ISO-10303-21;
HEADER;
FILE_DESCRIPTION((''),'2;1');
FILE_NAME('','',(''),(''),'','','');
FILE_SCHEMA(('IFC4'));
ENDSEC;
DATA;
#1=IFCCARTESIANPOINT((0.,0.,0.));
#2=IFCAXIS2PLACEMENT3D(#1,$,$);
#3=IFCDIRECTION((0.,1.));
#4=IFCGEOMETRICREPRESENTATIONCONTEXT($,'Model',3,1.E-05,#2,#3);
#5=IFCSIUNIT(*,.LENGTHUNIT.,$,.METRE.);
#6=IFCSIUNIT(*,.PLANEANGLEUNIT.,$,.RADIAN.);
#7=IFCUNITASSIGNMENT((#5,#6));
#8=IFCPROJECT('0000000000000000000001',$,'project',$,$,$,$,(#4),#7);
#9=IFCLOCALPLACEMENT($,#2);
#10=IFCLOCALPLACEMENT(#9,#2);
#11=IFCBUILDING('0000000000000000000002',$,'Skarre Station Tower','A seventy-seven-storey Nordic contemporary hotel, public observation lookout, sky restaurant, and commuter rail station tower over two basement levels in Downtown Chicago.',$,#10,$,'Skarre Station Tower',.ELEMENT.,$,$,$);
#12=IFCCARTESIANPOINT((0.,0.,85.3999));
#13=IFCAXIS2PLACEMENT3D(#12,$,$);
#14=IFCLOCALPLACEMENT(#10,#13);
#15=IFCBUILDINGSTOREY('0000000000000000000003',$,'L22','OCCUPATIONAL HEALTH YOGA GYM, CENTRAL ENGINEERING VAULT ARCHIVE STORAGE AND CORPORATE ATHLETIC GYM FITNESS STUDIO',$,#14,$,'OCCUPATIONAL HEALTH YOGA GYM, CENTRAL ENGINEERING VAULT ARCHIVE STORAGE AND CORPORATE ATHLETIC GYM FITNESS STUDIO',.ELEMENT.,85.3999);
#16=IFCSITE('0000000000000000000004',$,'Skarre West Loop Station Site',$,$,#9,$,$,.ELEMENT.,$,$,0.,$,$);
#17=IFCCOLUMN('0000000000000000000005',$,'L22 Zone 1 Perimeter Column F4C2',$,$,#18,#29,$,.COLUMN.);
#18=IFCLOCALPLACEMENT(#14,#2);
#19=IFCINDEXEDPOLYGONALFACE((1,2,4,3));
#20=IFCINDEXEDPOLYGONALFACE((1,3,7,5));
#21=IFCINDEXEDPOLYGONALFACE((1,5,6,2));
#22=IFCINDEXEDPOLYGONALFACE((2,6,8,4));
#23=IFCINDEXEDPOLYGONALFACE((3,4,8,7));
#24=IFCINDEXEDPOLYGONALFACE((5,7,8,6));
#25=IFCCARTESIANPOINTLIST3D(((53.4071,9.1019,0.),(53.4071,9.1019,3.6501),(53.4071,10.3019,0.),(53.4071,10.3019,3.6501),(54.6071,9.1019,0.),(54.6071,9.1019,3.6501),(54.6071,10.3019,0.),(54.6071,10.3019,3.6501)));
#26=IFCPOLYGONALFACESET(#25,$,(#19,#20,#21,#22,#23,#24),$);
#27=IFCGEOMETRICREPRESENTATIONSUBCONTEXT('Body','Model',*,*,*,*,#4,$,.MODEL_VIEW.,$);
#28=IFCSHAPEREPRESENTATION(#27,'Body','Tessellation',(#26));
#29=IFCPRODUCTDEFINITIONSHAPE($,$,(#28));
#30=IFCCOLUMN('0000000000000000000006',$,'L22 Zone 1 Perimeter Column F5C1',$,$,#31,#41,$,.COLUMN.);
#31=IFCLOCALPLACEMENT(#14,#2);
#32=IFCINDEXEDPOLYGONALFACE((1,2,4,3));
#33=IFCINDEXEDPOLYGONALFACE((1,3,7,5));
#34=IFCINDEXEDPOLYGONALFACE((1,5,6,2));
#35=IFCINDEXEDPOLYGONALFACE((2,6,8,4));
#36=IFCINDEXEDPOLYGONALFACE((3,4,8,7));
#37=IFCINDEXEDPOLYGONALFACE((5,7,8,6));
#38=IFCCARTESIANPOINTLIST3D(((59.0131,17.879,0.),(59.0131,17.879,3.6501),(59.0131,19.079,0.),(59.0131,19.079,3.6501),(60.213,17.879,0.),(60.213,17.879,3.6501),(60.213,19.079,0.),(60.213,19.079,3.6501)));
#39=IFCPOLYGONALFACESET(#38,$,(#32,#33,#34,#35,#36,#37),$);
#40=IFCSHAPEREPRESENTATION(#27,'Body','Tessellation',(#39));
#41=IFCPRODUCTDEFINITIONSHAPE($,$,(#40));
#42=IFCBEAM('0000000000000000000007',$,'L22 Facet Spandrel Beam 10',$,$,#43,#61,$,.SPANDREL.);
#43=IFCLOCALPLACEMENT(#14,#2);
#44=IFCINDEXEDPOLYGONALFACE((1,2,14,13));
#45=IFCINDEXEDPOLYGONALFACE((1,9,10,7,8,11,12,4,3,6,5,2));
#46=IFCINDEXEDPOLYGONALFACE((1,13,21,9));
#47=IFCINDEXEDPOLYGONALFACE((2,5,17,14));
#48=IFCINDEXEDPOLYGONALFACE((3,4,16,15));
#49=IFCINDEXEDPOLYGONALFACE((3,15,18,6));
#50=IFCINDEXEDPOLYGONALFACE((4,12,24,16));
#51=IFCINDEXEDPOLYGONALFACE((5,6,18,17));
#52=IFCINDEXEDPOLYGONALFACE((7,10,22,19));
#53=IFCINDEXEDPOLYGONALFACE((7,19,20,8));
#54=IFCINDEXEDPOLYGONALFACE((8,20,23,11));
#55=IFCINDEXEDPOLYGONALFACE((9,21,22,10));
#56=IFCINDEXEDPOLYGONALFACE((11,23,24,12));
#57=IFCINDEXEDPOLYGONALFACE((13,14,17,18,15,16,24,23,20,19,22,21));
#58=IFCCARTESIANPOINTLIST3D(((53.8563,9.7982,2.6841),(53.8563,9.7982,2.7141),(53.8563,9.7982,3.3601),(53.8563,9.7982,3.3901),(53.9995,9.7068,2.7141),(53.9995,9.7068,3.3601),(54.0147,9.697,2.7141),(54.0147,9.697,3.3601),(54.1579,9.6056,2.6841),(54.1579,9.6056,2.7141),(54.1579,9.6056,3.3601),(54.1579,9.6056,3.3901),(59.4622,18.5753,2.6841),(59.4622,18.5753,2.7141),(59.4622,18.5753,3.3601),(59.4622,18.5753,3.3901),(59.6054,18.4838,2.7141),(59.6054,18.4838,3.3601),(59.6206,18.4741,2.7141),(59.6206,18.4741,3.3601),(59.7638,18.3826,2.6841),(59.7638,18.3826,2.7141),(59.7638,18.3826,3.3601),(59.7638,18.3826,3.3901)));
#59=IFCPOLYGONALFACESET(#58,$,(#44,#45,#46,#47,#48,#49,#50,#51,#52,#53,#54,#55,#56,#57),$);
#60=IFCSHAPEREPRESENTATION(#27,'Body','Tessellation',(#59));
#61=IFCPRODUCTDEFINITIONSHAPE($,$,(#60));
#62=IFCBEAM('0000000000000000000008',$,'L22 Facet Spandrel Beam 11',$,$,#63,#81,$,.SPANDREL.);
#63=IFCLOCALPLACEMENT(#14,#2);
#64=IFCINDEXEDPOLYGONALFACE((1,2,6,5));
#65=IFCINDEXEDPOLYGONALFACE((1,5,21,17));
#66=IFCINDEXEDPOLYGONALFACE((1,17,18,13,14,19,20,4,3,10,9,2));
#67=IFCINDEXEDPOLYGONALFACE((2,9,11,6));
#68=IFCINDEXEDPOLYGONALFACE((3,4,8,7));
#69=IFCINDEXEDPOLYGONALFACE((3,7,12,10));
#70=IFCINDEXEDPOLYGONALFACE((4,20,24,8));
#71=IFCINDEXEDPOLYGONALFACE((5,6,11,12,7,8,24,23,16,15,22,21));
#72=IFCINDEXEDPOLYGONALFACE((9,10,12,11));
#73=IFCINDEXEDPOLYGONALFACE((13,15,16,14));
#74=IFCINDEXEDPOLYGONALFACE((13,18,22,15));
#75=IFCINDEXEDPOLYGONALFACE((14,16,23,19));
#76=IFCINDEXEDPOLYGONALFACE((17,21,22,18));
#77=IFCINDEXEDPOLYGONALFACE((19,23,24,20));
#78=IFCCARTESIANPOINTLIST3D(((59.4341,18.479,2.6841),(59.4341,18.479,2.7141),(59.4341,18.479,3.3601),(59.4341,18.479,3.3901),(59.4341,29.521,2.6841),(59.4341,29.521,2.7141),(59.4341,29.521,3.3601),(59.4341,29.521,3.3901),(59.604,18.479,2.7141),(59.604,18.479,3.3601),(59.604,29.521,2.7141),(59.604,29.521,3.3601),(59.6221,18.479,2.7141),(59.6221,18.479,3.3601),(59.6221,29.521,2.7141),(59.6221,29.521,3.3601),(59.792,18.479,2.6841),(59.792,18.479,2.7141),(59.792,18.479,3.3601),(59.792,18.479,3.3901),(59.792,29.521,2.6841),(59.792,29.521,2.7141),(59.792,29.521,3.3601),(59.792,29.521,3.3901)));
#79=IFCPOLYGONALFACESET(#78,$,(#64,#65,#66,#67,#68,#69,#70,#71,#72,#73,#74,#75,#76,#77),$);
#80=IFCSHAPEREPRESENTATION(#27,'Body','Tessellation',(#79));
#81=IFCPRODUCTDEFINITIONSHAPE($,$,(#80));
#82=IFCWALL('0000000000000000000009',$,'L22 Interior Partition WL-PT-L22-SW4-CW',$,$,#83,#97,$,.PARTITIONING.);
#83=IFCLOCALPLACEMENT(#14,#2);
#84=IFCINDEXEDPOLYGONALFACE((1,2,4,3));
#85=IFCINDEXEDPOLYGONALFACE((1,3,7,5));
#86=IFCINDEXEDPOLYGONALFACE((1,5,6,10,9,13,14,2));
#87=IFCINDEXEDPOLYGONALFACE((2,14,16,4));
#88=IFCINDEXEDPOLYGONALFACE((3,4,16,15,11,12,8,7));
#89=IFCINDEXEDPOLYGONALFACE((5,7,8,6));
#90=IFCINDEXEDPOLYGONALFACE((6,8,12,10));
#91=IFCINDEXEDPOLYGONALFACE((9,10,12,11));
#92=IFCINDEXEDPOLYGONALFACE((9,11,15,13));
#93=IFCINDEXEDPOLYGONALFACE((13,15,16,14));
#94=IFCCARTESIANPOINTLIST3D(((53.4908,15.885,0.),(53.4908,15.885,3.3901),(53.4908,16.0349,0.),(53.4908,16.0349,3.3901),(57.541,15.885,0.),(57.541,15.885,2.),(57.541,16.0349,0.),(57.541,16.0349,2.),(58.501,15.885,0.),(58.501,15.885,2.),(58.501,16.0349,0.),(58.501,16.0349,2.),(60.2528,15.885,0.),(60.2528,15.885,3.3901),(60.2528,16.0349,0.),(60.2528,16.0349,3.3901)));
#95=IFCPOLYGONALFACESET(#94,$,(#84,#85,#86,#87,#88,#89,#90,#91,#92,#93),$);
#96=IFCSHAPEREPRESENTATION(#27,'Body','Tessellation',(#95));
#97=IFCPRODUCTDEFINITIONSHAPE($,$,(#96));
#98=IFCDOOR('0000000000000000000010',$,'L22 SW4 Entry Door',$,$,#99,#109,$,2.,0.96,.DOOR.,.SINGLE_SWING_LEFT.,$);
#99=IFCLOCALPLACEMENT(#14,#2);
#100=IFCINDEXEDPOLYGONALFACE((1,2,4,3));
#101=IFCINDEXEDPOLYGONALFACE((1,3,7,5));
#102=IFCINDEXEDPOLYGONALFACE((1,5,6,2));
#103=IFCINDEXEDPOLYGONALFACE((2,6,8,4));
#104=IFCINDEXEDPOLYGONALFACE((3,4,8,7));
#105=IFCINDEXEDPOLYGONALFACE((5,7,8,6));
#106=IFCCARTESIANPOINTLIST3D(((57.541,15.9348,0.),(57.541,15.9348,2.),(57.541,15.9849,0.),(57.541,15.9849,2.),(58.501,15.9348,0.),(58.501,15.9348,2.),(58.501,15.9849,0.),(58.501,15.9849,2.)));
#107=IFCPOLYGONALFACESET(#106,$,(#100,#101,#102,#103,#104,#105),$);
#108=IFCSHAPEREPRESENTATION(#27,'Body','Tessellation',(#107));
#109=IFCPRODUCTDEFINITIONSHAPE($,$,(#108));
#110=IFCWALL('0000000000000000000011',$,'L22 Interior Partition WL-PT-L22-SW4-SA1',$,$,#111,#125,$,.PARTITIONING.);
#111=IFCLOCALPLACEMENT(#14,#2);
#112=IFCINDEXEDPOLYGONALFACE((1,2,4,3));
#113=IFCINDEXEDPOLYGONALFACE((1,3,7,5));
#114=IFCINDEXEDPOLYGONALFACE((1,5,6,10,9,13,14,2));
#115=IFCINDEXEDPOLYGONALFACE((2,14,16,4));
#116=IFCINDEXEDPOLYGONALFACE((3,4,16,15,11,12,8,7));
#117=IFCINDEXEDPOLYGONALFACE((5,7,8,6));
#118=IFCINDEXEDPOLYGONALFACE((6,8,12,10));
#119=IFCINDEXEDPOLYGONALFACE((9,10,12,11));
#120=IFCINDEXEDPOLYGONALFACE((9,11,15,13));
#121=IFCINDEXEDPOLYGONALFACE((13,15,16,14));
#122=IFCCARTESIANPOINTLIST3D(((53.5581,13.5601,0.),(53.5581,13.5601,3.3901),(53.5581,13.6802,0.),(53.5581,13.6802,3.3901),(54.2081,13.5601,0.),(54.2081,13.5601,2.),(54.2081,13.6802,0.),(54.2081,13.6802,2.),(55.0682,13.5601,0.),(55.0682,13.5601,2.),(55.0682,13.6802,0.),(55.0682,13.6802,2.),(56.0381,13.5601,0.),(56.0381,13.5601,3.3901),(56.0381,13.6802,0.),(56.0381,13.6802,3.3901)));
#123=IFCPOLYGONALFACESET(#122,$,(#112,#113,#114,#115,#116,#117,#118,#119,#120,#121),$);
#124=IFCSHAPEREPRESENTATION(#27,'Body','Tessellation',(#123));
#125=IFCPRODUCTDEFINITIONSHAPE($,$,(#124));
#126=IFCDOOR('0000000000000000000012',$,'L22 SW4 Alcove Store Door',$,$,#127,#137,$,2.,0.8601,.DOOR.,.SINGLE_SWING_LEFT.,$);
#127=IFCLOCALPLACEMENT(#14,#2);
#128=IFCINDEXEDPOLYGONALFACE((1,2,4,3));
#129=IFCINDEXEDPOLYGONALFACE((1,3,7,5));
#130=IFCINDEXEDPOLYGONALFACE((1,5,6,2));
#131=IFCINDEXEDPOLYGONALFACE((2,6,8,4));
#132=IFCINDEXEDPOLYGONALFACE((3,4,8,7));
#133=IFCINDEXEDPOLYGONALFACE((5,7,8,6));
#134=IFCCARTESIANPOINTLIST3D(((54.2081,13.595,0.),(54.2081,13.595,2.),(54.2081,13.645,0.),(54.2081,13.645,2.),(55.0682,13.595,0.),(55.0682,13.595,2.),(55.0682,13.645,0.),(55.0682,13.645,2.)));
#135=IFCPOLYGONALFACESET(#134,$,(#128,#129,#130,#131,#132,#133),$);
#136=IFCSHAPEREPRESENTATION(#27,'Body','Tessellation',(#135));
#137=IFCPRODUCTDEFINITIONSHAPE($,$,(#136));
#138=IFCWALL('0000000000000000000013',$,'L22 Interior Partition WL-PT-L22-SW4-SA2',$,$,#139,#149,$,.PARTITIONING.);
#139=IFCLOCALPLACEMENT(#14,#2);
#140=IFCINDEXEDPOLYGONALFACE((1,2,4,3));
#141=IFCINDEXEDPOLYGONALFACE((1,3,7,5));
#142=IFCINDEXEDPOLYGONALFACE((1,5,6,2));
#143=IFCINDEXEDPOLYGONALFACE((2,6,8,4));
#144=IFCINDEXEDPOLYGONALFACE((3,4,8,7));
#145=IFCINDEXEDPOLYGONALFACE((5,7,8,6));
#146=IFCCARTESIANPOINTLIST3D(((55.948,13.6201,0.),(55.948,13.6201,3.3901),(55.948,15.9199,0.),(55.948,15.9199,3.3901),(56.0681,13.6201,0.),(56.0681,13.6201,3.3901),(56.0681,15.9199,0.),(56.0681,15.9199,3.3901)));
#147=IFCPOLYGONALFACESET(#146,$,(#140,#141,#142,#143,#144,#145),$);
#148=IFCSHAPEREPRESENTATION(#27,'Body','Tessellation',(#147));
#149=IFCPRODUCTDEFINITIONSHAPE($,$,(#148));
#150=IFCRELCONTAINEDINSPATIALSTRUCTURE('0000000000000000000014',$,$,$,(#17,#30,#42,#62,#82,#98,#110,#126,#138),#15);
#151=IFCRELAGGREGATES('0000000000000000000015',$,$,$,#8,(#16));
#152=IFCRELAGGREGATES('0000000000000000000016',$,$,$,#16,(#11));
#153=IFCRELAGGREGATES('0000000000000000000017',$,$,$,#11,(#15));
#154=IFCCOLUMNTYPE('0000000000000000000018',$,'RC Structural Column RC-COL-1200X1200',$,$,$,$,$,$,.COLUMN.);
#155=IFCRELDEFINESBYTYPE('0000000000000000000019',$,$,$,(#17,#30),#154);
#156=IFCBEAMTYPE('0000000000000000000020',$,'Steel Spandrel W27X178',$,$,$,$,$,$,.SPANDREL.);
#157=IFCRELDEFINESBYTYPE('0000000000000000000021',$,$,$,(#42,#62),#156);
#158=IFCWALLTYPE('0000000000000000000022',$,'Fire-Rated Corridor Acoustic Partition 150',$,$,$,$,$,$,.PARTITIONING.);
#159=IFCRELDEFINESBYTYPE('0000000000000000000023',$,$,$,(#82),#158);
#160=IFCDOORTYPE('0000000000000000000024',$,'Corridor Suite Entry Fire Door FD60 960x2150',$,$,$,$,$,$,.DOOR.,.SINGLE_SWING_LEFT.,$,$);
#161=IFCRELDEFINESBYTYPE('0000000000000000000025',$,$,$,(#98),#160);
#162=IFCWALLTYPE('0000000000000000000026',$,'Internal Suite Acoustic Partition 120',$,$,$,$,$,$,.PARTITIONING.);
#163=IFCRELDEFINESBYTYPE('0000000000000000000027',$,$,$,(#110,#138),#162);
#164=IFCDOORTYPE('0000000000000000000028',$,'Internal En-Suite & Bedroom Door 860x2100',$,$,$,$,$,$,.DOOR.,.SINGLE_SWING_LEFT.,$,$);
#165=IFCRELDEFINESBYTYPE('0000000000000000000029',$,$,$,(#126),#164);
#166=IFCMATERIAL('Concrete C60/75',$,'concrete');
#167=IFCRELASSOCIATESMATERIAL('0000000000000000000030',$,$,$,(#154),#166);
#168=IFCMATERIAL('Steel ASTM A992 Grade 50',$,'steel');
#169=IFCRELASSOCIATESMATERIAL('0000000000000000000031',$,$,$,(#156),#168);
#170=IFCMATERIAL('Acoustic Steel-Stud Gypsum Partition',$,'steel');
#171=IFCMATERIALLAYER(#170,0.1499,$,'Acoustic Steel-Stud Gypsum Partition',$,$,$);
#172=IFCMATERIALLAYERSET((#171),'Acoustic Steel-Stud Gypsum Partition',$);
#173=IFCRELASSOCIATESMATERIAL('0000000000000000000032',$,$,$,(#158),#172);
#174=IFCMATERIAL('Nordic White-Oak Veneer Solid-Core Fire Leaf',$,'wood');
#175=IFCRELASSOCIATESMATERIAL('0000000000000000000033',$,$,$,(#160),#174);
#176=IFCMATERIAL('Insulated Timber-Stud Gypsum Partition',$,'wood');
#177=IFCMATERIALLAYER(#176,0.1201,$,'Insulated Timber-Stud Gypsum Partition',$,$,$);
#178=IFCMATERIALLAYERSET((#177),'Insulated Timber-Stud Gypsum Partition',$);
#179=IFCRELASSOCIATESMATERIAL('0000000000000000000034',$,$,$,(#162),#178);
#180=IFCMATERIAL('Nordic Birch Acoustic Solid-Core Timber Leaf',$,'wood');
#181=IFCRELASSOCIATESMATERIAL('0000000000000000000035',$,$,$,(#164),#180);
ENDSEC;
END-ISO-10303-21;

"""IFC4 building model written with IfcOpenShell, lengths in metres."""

from ifc_helpers import new_model, si_unit, direction, frame, frame_2d, origin, origin_2d, place, context, subcontext, project, spatial, rectangle, i_section, extrude, material, layer, layer_set, material_profile, profile_set, type_object, element, fill, save


model = new_model("IFC4")

# Units and contexts
model_context = context("Model", 3, precision=1e-05, world=origin(), true_north=direction((0.0, 1.0)))
body_context = subcontext(model_context, "Body", "Model", "MODEL_VIEW")
ifc_project = project(units=[si_unit("LENGTHUNIT", "METRE"), si_unit("PLANEANGLEUNIT", "RADIAN")], contexts=[model_context])

# Site, building, storey
site_placement = place(None, origin())
site = spatial("IfcSite", under=ifc_project, at=site_placement, Name="Skarre West Loop Station Site", CompositionType="ELEMENT", RefElevation=0.0)
building_placement = place(site_placement, origin())
building = spatial("IfcBuilding", under=site, at=building_placement, Name="Skarre Station Tower", Description="A seventy-seven-storey Nordic contemporary hotel, public observation lookout, sky restaurant, and commuter rail station tower over two basement levels in Downtown Chicago.", LongName="Skarre Station Tower", CompositionType="ELEMENT")
storey_placement = place(building_placement, frame((0.0, 0.0, 85.3999)))
storey = spatial("IfcBuildingStorey", under=building, at=storey_placement, Name="L22", Description="OCCUPATIONAL HEALTH YOGA GYM, CENTRAL ENGINEERING VAULT ARCHIVE STORAGE AND CORPORATE ATHLETIC GYM FITNESS STUDIO", LongName="OCCUPATIONAL HEALTH YOGA GYM, CENTRAL ENGINEERING VAULT ARCHIVE STORAGE AND CORPORATE ATHLETIC GYM FITNESS STUDIO", CompositionType="ELEMENT", Elevation=85.3999)

# Columns
ifc_material_1 = material(Name="Concrete C60/75", Category="concrete")
ifc_material_profile_1 = material_profile(ifc_material_1, rectangle(XDim=1.2, YDim=1.2, at=origin_2d()), Name="Concrete C60/75")
ifc_profile_set_1 = profile_set([ifc_material_profile_1], Name="Concrete C60/75")
column_type = type_object("IfcColumnType", Name="RC Structural Column RC-COL-1200X1200", PredefinedType="COLUMN", material=ifc_profile_set_1)
for number, where, z_axis, x_axis, name in (
    (1, (54.0071, 9.7019, 0.0), (0.0, 0.0, 1.0), (1.0, 0.0, 0.0), "L22 Zone 1 Perimeter Column F4C2"),
    (2, (59.613, 18.479, 0.0), (0.0, 0.0, 1.0), (1.0, 0.0, 0.0), "L22 Zone 1 Perimeter Column F5C1"),
):
    element("IfcColumn", number, at=place(storey_placement, frame(where, z_axis=z_axis, x_axis=x_axis)), inside=storey, type_object=column_type, Name=name, PredefinedType="COLUMN", context=body_context, shape_type="SweptSolid", body=[
        extrude(rectangle(XDim=1.2, YDim=1.2, at=origin_2d()), origin(), (0.0, 0.0, 1.0), 3.6501),
    ])

# Beams
ifc_material_2 = material(Name="Steel ASTM A992 Grade 50", Category="steel")
ifc_material_profile_2 = material_profile(ifc_material_2, i_section(OverallWidth=0.3579, OverallDepth=0.7061, WebThickness=0.0181, FlangeThickness=0.03, at=origin_2d()), Name="Steel ASTM A992 Grade 50")
ifc_profile_set_2 = profile_set([ifc_material_profile_2], Name="Steel ASTM A992 Grade 50")
beam_type = type_object("IfcBeamType", Name="Steel Spandrel W27X178", PredefinedType="SPANDREL", material=ifc_profile_set_2)
beam_1_placement = place(storey_placement, frame((54.0071, 9.7019, 3.0371), z_axis=(0.538278, 0.842767, 0.0), x_axis=(-0.842767, 0.538278, 0.0)))
element("IfcBeam", 3, at=beam_1_placement, inside=storey, type_object=beam_type, Name="L22 Facet Spandrel Beam 10", PredefinedType="SPANDREL", context=body_context, shape_type="SweptSolid", body=[
    extrude(i_section(OverallWidth=0.3579, OverallDepth=0.7061, WebThickness=0.0181, FlangeThickness=0.03, at=origin_2d()), origin(), (0.0, 0.0, 1.0), 10.4146),
])
beam_2_placement = place(storey_placement, frame((59.613, 18.479, 3.0371), z_axis=(0.0, 1.0, 0.0), x_axis=(-1.0, 0.0, 0.0)))
element("IfcBeam", 4, at=beam_2_placement, inside=storey, type_object=beam_type, Name="L22 Facet Spandrel Beam 11", PredefinedType="SPANDREL", context=body_context, shape_type="SweptSolid", body=[
    extrude(i_section(OverallWidth=0.3579, OverallDepth=0.7061, WebThickness=0.0181, FlangeThickness=0.03, at=origin_2d()), origin(), (0.0, 0.0, 1.0), 11.042),
])

# Walls, openings, doors
ifc_material_3 = material(Name="Acoustic Steel-Stud Gypsum Partition", Category="steel")
ifc_layer_1 = layer(ifc_material_3, 0.1499, Name="Acoustic Steel-Stud Gypsum Partition")
ifc_layer_set_1 = layer_set([ifc_layer_1], Name="Acoustic Steel-Stud Gypsum Partition")
wall_type_1 = type_object("IfcWallType", Name="Fire-Rated Corridor Acoustic Partition 150", PredefinedType="PARTITIONING", material=ifc_layer_set_1)
wall_1_placement = place(storey_placement, frame((53.491, 15.96, 0.0), z_axis=(0.0, 0.0, 1.0), x_axis=(1.0, 0.0, 0.0)))
wall_1 = element("IfcWall", 5, at=wall_1_placement, inside=storey, type_object=wall_type_1, Name="L22 Interior Partition WL-PT-L22-SW4-CW", PredefinedType="PARTITIONING", context=body_context, shape_type="SweptSolid", body=[
    extrude(rectangle(XDim=6.762, YDim=0.1499, at=frame_2d((3.3809, 0.0))), origin(), (0.0, 0.0, 1.0), 3.3901),
])
opening_1_placement = place(wall_1_placement, frame((4.05, 0.0, 0.0)))
opening_1 = element("IfcOpeningElement", 6, at=opening_1_placement, cuts=wall_1, PredefinedType="OPENING", context=body_context, shape_type="SweptSolid", body=[
    extrude(rectangle(XDim=0.96, YDim=2.0, at=frame_2d((0.48, 1.0))), frame((0.0, 0.085, 0.0), z_axis=(0.0, -1.0, 0.0), x_axis=(1.0, 0.0, 0.0)), (0.0, 0.0, 1.0), 0.1699),
])
ifc_material_4 = material(Name="Nordic White-Oak Veneer Solid-Core Fire Leaf", Category="wood")
door_type_1 = type_object("IfcDoorType", Name="Corridor Suite Entry Fire Door FD60 960x2150", OperationType="SINGLE_SWING_LEFT", PredefinedType="DOOR", material=ifc_material_4)
door_1_placement = place(opening_1_placement, origin())
door_1 = element("IfcDoor", 7, at=door_1_placement, inside=storey, type_object=door_type_1, Name="L22 SW4 Entry Door", OperationType="SINGLE_SWING_LEFT", OverallHeight=2.0, OverallWidth=0.96, PredefinedType="DOOR", context=body_context, shape_type="SweptSolid", body=[
    extrude(rectangle(XDim=0.96, YDim=2.0, at=frame_2d((0.48, 1.0))), frame((0.0, 0.0249, 0.0), z_axis=(0.0, -1.0, 0.0), x_axis=(1.0, 0.0, 0.0)), (0.0, 0.0, 1.0), 0.05),
])
fill(opening_1, door_1)
ifc_material_5 = material(Name="Insulated Timber-Stud Gypsum Partition", Category="wood")
ifc_layer_2 = layer(ifc_material_5, 0.1201, Name="Insulated Timber-Stud Gypsum Partition")
ifc_layer_set_2 = layer_set([ifc_layer_2], Name="Insulated Timber-Stud Gypsum Partition")
wall_type_2 = type_object("IfcWallType", Name="Internal Suite Acoustic Partition 120", PredefinedType="PARTITIONING", material=ifc_layer_set_2)
wall_2_placement = place(storey_placement, frame((53.5581, 13.6201, 0.0), z_axis=(0.0, 0.0, 1.0), x_axis=(1.0, 0.0, 0.0)))
wall_2 = element("IfcWall", 8, at=wall_2_placement, inside=storey, type_object=wall_type_2, Name="L22 Interior Partition WL-PT-L22-SW4-SA1", PredefinedType="PARTITIONING", context=body_context, shape_type="SweptSolid", body=[
    extrude(rectangle(XDim=2.48, YDim=0.1201, at=frame_2d((1.24, 0.0))), origin(), (0.0, 0.0, 1.0), 3.3901),
])
opening_2_placement = place(wall_2_placement, frame((0.6499, 0.0, 0.0)))
opening_2 = element("IfcOpeningElement", 9, at=opening_2_placement, cuts=wall_2, PredefinedType="OPENING", context=body_context, shape_type="SweptSolid", body=[
    extrude(rectangle(XDim=0.8601, YDim=2.0, at=frame_2d((0.4302, 1.0))), frame((0.0, 0.0701, 0.0), z_axis=(0.0, -1.0, 0.0), x_axis=(1.0, 0.0, 0.0)), (0.0, 0.0, 1.0), 0.1401),
])
ifc_material_6 = material(Name="Nordic Birch Acoustic Solid-Core Timber Leaf", Category="wood")
door_type_2 = type_object("IfcDoorType", Name="Internal En-Suite & Bedroom Door 860x2100", OperationType="SINGLE_SWING_LEFT", PredefinedType="DOOR", material=ifc_material_6)
door_2_placement = place(opening_2_placement, origin())
door_2 = element("IfcDoor", 10, at=door_2_placement, inside=storey, type_object=door_type_2, Name="L22 SW4 Alcove Store Door", OperationType="SINGLE_SWING_LEFT", OverallHeight=2.0, OverallWidth=0.8601, PredefinedType="DOOR", context=body_context, shape_type="SweptSolid", body=[
    extrude(rectangle(XDim=0.8601, YDim=2.0, at=frame_2d((0.4302, 1.0))), frame((0.0, 0.0249, 0.0), z_axis=(0.0, -1.0, 0.0), x_axis=(1.0, 0.0, 0.0)), (0.0, 0.0, 1.0), 0.05),
])
fill(opening_2, door_2)

# Wall
wall_3_placement = place(storey_placement, frame((56.0081, 13.6201, 0.0), z_axis=(0.0, 0.0, 1.0), x_axis=(0.0, 1.0, 0.0)))
element("IfcWall", 11, at=wall_3_placement, inside=storey, type_object=wall_type_2, Name="L22 Interior Partition WL-PT-L22-SW4-SA2", PredefinedType="PARTITIONING", context=body_context, shape_type="SweptSolid", body=[
    extrude(rectangle(XDim=2.2998, YDim=0.1201, at=frame_2d((1.1499, 0.0))), origin(), (0.0, 0.0, 1.0), 3.3901),
])

save(model, "model.ifc")
